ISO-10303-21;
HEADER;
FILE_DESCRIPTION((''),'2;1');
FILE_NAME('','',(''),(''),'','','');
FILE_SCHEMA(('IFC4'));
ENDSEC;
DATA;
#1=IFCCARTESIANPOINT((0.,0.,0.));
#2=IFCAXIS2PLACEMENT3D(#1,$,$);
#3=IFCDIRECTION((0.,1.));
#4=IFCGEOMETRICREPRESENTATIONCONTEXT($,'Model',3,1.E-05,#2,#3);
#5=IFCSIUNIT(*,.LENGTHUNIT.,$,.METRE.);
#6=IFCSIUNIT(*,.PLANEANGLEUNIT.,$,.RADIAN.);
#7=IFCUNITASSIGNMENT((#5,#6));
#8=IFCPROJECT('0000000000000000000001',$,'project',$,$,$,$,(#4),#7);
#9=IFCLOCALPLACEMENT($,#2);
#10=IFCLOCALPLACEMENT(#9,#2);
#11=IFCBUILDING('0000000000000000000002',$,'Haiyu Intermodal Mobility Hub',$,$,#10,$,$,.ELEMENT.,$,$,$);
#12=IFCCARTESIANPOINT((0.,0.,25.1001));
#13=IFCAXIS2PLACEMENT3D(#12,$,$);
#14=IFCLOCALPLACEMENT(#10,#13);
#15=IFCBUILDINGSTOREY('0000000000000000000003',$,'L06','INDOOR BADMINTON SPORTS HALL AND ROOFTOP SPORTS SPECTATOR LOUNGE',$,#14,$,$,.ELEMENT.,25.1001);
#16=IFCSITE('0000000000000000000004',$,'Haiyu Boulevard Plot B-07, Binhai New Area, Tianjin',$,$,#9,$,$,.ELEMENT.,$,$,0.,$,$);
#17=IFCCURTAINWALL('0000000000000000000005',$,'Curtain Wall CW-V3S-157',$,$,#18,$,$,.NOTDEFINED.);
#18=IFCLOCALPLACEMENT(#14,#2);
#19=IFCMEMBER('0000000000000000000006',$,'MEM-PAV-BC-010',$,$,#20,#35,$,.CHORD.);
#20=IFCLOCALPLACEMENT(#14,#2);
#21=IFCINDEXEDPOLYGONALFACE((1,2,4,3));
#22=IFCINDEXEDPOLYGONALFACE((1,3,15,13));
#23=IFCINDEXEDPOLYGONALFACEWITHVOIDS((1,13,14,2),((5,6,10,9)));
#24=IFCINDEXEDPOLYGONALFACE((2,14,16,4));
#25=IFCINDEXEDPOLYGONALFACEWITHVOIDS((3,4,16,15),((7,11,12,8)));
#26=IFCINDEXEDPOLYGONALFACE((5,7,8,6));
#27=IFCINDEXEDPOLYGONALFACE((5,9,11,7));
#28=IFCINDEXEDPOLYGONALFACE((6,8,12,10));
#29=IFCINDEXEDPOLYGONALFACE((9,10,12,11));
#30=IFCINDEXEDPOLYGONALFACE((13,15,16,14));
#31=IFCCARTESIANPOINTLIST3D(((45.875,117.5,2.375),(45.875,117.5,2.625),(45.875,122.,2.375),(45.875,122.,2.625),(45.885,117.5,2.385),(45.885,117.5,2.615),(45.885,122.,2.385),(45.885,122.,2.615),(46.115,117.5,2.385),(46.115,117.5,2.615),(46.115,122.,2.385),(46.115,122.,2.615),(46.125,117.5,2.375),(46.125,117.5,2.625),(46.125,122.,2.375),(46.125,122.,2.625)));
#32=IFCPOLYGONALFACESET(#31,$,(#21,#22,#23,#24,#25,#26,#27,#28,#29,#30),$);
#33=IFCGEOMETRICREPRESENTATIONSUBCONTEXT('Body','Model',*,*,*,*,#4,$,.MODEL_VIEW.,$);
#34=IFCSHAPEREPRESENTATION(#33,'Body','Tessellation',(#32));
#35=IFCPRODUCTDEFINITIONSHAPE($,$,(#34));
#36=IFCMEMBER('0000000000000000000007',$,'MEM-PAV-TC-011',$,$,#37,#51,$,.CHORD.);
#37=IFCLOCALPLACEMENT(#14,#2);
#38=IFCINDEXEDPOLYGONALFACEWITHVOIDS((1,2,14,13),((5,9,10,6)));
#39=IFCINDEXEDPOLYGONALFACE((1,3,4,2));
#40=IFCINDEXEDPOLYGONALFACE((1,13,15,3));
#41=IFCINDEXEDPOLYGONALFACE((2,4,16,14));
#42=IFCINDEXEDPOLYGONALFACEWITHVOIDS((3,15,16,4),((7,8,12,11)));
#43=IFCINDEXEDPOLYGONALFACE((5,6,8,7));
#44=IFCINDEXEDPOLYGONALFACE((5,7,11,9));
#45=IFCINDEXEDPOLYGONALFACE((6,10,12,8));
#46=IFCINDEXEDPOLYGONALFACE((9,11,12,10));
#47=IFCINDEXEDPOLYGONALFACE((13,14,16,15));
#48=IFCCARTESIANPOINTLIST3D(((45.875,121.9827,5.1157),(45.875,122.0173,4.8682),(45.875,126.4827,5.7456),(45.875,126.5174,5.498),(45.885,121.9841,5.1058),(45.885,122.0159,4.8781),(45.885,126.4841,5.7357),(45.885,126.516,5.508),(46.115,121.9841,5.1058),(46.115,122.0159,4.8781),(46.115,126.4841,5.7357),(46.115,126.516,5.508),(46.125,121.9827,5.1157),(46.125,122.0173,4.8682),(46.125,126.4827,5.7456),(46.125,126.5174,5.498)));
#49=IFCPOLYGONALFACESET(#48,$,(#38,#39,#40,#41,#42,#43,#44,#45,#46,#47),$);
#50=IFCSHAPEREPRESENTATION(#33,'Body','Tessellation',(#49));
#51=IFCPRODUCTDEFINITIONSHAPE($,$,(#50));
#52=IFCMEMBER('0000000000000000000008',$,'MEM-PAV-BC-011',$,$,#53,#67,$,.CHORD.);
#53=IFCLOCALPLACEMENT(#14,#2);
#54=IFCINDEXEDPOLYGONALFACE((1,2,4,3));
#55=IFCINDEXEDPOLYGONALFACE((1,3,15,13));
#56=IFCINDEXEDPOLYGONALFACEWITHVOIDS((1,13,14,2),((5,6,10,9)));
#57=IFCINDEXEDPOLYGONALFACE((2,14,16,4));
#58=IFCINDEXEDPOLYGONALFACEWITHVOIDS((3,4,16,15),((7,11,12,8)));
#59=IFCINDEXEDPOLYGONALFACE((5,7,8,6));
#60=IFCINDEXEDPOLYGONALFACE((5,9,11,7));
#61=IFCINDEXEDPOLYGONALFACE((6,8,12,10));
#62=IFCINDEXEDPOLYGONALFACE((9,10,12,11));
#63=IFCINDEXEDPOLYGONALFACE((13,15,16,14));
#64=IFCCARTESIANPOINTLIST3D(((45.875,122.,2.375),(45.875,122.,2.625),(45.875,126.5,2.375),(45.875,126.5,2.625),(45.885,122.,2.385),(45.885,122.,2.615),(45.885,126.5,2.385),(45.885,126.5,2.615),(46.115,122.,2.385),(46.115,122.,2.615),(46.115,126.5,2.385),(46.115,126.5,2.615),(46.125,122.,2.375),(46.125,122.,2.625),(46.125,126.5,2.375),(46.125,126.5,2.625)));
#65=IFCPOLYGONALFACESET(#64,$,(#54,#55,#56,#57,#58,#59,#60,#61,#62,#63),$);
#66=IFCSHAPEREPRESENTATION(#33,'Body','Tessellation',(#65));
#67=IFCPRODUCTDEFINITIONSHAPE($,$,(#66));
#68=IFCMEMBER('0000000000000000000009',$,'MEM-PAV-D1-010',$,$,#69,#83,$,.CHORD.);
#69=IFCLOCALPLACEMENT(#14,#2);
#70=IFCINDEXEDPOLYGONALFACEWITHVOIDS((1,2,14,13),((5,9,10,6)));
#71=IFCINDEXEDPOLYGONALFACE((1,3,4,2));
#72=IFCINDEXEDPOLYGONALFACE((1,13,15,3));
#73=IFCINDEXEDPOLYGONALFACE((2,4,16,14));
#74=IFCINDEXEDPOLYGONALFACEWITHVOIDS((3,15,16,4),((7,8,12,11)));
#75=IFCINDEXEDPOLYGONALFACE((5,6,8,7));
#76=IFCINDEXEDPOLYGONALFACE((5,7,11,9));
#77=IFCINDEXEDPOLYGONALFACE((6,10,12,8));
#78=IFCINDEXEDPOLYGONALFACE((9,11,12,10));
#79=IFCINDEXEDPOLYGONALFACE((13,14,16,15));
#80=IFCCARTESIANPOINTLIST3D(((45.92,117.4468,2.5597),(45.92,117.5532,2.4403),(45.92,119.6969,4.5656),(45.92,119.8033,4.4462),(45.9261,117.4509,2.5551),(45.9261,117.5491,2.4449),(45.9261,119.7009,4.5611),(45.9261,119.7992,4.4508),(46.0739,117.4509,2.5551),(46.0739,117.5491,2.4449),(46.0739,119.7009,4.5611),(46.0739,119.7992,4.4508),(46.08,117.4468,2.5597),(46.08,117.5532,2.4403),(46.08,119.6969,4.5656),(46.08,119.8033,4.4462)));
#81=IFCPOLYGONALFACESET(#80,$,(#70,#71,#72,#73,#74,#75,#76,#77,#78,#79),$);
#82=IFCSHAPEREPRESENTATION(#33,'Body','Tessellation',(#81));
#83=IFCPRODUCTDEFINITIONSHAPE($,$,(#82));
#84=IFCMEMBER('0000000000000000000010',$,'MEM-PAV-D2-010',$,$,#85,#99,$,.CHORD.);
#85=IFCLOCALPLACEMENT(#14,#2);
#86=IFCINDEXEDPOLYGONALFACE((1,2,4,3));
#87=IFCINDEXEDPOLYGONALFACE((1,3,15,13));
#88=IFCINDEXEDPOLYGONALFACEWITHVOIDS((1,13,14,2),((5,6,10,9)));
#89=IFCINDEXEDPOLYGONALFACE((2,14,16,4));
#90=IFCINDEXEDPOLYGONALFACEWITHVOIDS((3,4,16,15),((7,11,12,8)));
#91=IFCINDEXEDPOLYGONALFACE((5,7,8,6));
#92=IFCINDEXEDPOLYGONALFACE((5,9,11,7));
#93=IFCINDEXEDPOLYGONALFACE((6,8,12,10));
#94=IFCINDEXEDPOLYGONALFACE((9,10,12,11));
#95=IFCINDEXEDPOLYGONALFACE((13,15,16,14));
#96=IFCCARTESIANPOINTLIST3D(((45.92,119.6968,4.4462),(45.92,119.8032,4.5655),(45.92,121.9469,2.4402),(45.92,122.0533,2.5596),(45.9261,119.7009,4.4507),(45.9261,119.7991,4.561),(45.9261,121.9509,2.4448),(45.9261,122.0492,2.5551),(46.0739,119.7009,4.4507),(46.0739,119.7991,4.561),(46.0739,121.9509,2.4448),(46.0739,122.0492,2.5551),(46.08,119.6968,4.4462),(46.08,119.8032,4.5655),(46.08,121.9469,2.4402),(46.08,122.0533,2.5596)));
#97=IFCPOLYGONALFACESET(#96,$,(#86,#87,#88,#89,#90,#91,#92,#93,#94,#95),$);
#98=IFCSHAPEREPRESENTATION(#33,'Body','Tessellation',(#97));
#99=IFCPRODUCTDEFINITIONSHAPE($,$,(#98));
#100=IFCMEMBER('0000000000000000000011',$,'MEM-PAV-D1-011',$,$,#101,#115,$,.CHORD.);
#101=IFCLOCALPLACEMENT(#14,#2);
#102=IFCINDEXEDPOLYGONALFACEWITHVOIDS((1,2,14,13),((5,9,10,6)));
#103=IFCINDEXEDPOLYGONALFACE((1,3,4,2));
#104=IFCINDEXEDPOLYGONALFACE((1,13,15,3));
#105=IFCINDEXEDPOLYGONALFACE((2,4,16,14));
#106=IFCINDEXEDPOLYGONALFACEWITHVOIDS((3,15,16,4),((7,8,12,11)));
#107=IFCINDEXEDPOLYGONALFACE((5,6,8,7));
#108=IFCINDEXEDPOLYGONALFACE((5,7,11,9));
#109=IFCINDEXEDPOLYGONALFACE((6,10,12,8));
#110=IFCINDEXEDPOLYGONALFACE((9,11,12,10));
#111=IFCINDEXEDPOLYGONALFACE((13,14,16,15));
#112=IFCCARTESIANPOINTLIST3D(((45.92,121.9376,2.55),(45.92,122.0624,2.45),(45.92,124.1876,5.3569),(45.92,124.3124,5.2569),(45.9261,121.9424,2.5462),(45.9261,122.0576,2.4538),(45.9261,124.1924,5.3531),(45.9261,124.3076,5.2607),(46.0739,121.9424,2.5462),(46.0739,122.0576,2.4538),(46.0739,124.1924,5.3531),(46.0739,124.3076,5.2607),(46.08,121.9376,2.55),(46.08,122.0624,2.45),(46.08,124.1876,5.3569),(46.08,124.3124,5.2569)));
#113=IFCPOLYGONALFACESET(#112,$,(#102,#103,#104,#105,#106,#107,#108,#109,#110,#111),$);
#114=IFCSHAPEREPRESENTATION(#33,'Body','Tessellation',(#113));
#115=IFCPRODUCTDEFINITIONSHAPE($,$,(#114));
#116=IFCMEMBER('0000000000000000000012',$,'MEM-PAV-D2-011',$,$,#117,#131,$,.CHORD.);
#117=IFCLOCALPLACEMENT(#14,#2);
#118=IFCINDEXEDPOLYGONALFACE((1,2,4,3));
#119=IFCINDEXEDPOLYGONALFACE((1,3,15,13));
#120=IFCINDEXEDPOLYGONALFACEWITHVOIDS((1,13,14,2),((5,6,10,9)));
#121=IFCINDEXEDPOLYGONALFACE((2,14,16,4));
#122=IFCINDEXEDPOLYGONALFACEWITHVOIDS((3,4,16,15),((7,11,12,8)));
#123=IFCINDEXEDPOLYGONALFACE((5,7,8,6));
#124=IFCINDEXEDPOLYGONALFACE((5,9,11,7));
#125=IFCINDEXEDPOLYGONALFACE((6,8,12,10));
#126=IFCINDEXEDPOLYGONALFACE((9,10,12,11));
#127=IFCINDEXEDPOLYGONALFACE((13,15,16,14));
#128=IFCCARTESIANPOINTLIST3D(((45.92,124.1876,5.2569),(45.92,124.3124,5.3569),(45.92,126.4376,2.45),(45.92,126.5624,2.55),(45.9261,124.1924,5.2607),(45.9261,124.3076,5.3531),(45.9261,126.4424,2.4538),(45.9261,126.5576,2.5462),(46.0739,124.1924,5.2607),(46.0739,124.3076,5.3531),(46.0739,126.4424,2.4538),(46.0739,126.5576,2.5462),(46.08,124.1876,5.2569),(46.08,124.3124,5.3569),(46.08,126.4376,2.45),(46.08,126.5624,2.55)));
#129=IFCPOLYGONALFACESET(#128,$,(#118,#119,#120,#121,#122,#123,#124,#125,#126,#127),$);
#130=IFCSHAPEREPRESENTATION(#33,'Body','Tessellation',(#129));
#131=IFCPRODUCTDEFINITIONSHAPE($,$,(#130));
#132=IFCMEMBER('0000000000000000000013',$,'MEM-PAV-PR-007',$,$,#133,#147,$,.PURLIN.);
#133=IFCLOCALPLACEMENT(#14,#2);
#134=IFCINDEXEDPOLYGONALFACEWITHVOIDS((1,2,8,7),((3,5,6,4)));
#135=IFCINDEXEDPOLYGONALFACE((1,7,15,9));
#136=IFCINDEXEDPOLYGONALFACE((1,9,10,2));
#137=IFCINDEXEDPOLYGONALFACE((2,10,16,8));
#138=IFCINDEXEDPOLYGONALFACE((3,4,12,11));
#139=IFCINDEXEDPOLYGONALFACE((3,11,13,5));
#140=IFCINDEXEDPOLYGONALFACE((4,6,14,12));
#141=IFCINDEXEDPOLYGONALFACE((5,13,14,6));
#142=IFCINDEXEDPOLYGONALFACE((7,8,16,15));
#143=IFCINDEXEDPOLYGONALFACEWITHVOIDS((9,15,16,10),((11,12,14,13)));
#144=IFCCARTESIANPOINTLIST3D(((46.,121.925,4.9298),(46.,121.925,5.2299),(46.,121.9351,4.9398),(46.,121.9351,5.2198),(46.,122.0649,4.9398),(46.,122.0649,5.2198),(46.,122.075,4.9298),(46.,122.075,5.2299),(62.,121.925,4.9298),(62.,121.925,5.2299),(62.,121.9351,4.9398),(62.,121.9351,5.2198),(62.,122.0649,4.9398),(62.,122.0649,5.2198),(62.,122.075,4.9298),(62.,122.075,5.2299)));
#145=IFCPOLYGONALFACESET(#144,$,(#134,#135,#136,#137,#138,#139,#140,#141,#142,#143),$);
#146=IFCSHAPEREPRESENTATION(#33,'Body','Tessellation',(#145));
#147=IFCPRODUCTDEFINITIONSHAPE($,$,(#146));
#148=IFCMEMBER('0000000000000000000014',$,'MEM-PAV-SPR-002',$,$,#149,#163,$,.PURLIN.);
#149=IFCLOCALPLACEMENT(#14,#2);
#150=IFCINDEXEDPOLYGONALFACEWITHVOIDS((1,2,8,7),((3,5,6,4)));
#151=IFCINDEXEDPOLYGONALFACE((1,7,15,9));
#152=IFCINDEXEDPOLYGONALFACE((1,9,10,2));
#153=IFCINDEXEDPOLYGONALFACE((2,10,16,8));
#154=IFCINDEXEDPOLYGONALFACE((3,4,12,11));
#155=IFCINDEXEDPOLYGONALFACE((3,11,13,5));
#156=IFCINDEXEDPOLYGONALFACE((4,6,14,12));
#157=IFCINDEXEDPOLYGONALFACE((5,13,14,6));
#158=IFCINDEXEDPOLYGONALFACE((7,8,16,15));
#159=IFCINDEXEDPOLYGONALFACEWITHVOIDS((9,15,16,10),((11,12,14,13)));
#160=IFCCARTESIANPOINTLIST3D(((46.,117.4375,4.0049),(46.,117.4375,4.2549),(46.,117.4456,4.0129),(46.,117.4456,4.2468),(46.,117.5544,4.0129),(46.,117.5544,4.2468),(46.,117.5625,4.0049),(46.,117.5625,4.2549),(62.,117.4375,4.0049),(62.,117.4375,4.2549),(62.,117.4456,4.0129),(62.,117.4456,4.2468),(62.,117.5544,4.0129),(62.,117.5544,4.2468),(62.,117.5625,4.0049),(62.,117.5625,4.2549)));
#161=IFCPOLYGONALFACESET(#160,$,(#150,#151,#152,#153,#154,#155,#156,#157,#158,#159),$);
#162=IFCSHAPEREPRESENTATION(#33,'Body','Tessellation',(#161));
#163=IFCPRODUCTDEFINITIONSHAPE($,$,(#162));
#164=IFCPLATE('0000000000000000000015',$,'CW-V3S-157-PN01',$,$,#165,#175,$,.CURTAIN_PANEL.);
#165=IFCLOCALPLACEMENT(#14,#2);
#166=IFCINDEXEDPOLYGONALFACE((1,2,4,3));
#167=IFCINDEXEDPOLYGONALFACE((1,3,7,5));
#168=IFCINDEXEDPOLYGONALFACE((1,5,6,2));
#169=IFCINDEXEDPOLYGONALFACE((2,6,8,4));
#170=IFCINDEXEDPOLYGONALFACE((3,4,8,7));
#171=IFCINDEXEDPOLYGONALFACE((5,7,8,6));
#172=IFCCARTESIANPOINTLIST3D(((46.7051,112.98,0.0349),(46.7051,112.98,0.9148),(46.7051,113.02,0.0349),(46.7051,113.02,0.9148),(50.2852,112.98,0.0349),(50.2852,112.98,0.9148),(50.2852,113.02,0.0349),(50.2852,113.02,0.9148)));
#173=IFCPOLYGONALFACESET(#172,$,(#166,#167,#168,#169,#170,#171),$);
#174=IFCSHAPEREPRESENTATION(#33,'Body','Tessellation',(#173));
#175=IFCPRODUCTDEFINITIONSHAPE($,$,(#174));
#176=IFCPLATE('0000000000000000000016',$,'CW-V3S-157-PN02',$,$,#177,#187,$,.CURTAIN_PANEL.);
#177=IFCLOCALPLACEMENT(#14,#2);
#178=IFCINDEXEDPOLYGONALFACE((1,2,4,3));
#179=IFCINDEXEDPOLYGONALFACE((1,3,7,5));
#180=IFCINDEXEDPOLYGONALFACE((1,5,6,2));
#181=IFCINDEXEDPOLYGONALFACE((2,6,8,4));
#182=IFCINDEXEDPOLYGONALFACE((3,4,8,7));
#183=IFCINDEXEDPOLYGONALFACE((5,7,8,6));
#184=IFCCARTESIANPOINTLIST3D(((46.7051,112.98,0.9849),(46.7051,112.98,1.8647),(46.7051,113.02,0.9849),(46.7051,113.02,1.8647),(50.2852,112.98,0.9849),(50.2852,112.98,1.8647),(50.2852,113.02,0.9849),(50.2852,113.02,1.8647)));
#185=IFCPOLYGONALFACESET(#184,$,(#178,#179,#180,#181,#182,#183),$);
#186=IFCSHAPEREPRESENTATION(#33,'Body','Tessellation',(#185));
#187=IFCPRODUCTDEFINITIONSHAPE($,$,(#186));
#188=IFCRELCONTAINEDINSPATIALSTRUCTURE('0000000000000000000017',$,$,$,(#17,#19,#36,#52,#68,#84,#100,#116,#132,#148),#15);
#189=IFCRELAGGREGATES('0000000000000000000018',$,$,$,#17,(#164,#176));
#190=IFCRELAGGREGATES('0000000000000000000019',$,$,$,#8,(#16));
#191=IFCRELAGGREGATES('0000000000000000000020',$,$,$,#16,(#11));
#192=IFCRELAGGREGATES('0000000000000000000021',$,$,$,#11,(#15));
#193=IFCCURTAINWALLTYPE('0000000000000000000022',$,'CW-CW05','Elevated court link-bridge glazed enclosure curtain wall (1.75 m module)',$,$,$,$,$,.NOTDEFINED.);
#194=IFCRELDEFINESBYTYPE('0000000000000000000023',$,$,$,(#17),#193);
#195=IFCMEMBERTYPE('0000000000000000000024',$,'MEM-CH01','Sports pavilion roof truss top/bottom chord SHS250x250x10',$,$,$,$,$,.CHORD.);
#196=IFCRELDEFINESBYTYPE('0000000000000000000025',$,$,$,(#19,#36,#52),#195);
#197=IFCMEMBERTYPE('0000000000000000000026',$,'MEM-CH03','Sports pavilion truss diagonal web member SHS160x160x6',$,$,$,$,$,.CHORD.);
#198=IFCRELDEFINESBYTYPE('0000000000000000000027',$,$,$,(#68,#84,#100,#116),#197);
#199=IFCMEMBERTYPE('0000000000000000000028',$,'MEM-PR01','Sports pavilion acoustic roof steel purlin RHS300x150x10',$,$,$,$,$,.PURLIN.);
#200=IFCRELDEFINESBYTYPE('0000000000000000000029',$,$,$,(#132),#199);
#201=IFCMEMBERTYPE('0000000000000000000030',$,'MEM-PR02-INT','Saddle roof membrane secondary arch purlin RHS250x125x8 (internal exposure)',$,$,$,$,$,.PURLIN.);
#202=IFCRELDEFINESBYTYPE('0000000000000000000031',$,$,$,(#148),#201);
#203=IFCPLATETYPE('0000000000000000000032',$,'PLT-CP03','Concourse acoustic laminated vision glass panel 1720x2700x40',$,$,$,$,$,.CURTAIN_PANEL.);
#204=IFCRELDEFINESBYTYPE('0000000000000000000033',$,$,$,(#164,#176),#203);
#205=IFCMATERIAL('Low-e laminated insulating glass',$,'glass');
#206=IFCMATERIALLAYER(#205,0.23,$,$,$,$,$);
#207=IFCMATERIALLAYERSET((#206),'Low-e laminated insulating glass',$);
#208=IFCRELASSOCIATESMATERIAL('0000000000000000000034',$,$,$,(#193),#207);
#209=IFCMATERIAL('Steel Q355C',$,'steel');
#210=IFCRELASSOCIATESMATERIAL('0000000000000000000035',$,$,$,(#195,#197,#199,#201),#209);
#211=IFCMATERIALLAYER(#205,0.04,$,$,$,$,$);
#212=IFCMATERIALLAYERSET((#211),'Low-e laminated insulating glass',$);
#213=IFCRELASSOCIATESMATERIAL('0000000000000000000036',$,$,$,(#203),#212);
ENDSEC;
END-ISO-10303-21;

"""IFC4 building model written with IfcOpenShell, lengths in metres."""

from ifc_helpers import new_model, si_unit, direction, frame, origin, origin_2d, place, context, subcontext, project, spatial, rectangle, hollow_rectangle, extrude, material, layer, layer_set, material_profile, profile_set, type_object, element, aggregate, save


model = new_model("IFC4")

# Units and contexts
model_context = context("Model", 3, precision=1e-05, world=origin(), true_north=direction((0.0, 1.0)))
body_context = subcontext(model_context, "Body", "Model", "MODEL_VIEW")
ifc_project = project(units=[si_unit("LENGTHUNIT", "METRE"), si_unit("PLANEANGLEUNIT", "RADIAN")], contexts=[model_context])

# Site, building, storey
site_placement = place(None, origin())
site = spatial("IfcSite", under=ifc_project, at=site_placement, Name="Haiyu Boulevard Plot B-07, Binhai New Area, Tianjin", CompositionType="ELEMENT", RefElevation=0.0)
building_placement = place(site_placement, origin())
building = spatial("IfcBuilding", under=site, at=building_placement, Name="Haiyu Intermodal Mobility Hub", CompositionType="ELEMENT")
storey_placement = place(building_placement, frame((0.0, 0.0, 25.1001)))
storey = spatial("IfcBuildingStorey", under=building, at=storey_placement, Name="L06", Description="INDOOR BADMINTON SPORTS HALL AND ROOFTOP SPORTS SPECTATOR LOUNGE", CompositionType="ELEMENT", Elevation=25.1001)

# Shared definitions
ifc_material_1 = material(Name="Steel Q355C", Category="steel")

# Curtain wall
ifc_material_2 = material(Name="Low-e laminated insulating glass", Category="glass")
ifc_layer_1 = layer(ifc_material_2, 0.23)
ifc_layer_set_1 = layer_set([ifc_layer_1], Name="Low-e laminated insulating glass")
curtain_wall_type = type_object("IfcCurtainWallType", Name="CW-CW05", Description="Elevated court link-bridge glazed enclosure curtain wall (1.75 m module)", PredefinedType="NOTDEFINED", material=ifc_layer_set_1)
curtain_wall_placement = place(storey_placement, origin())
curtain_wall = element("IfcCurtainWall", 1, at=curtain_wall_placement, inside=storey, type_object=curtain_wall_type, Name="Curtain Wall CW-V3S-157", PredefinedType="NOTDEFINED")

# Members
ifc_material_profile_1 = material_profile(ifc_material_1, hollow_rectangle(XDim=0.25, YDim=0.25, WallThickness=0.01, at=origin_2d()), Name="SHS250x250x10")
ifc_profile_set_1 = profile_set([ifc_material_profile_1], Name="Steel Q355C")
member_type_1 = type_object("IfcMemberType", Name="MEM-CH01", Description="Sports pavilion roof truss top/bottom chord SHS250x250x10", PredefinedType="CHORD", material=ifc_profile_set_1)
member_1_placement = place(storey_placement, frame((46.0, 117.5, 2.5), z_axis=(0.0, 1.0, 0.0), x_axis=(-1.0, 0.0, 0.0)))
element("IfcMember", 2, at=member_1_placement, inside=storey, type_object=member_type_1, Name="MEM-PAV-BC-010", PredefinedType="CHORD", context=body_context, shape_type="SweptSolid", body=[
    extrude(hollow_rectangle(XDim=0.25, YDim=0.25, WallThickness=0.01, at=origin_2d()), origin(), (0.0, 0.0, 1.0), 4.5),
])
member_2_placement = place(storey_placement, frame((46.0, 122.0, 4.9919), z_axis=(0.0, 0.990345, 0.138623), x_axis=(-1.0, 0.0, 0.0)))
element("IfcMember", 3, at=member_2_placement, inside=storey, type_object=member_type_1, Name="MEM-PAV-TC-011", PredefinedType="CHORD", context=body_context, shape_type="SweptSolid", body=[
    extrude(hollow_rectangle(XDim=0.25, YDim=0.25, WallThickness=0.01, at=origin_2d()), origin(), (0.0, 0.0, 1.0), 4.5439),
])
member_3_placement = place(storey_placement, frame((46.0, 122.0, 2.5), z_axis=(0.0, 1.0, 0.0), x_axis=(-1.0, 0.0, 0.0)))
element("IfcMember", 4, at=member_3_placement, inside=storey, type_object=member_type_1, Name="MEM-PAV-BC-011", PredefinedType="CHORD", context=body_context, shape_type="SweptSolid", body=[
    extrude(hollow_rectangle(XDim=0.25, YDim=0.25, WallThickness=0.01, at=origin_2d()), origin(), (0.0, 0.0, 1.0), 4.5),
])
ifc_material_profile_2 = material_profile(ifc_material_1, hollow_rectangle(XDim=0.1599, YDim=0.1599, WallThickness=0.0061, at=origin_2d()), Name="SHS160x160x6")
ifc_profile_set_2 = profile_set([ifc_material_profile_2], Name="Steel Q355C")
member_type_2 = type_object("IfcMemberType", Name="MEM-CH03", Description="Sports pavilion truss diagonal web member SHS160x160x6", PredefinedType="CHORD", material=ifc_profile_set_2)
for number, where, z_axis, x_axis, name in (
    (5, (46.0, 117.5, 2.5), (0.0, 0.746443, 0.665449), (-1.0, 0.0, 0.0), "MEM-PAV-D1-010"),
    (6, (46.0, 119.75, 4.5059), (0.0, 0.746443, -0.665449), (-1.0, 0.0, 0.0), "MEM-PAV-D2-010"),
):
    element("IfcMember", number, at=place(storey_placement, frame(where, z_axis=z_axis, x_axis=x_axis)), inside=storey, type_object=member_type_2, Name=name, PredefinedType="CHORD", context=body_context, shape_type="SweptSolid", body=[
        extrude(hollow_rectangle(XDim=0.1599, YDim=0.1599, WallThickness=0.0061, at=origin_2d()), origin(), (0.0, 0.0, 1.0), 3.0144),
    ])
for number, where, z_axis, x_axis, name in (
    (7, (46.0, 122.0, 2.5), (0.0, 0.625456, 0.780259), (-1.0, 0.0, 0.0), "MEM-PAV-D1-011"),
    (8, (46.0, 124.25, 5.3069), (0.0, 0.625456, -0.780259), (-1.0, 0.0, 0.0), "MEM-PAV-D2-011"),
):
    element("IfcMember", number, at=place(storey_placement, frame(where, z_axis=z_axis, x_axis=x_axis)), inside=storey, type_object=member_type_2, Name=name, PredefinedType="CHORD", context=body_context, shape_type="SweptSolid", body=[
        extrude(hollow_rectangle(XDim=0.1599, YDim=0.1599, WallThickness=0.0061, at=origin_2d()), origin(), (0.0, 0.0, 1.0), 3.5974),
    ])
ifc_material_profile_3 = material_profile(ifc_material_1, hollow_rectangle(XDim=0.1499, YDim=0.3, WallThickness=0.01, at=origin_2d()), Name="RHS300x150x10")
ifc_profile_set_3 = profile_set([ifc_material_profile_3], Name="Steel Q355C")
member_type_3 = type_object("IfcMemberType", Name="MEM-PR01", Description="Sports pavilion acoustic roof steel purlin RHS300x150x10", PredefinedType="PURLIN", material=ifc_profile_set_3)
member_4_placement = place(storey_placement, frame((46.0, 122.0, 5.0798), z_axis=(1.0, 0.0, 0.0), x_axis=(0.0, 1.0, 0.0)))
element("IfcMember", 9, at=member_4_placement, inside=storey, type_object=member_type_3, Name="MEM-PAV-PR-007", PredefinedType="PURLIN", context=body_context, shape_type="SweptSolid", body=[
    extrude(hollow_rectangle(XDim=0.1499, YDim=0.3, WallThickness=0.01, at=origin_2d()), origin(), (0.0, 0.0, 1.0), 16.0),
])
ifc_material_profile_4 = material_profile(ifc_material_1, hollow_rectangle(XDim=0.125, YDim=0.25, WallThickness=0.0081, at=origin_2d()), Name="RHS250x125x8")
ifc_profile_set_4 = profile_set([ifc_material_profile_4], Name="Steel Q355C")
member_type_4 = type_object("IfcMemberType", Name="MEM-PR02-INT", Description="Saddle roof membrane secondary arch purlin RHS250x125x8 (internal exposure)", PredefinedType="PURLIN", material=ifc_profile_set_4)
member_5_placement = place(storey_placement, frame((46.0, 117.5, 4.1299), z_axis=(1.0, 0.0, 0.0), x_axis=(0.0, 1.0, 0.0)))
element("IfcMember", 10, at=member_5_placement, inside=storey, type_object=member_type_4, Name="MEM-PAV-SPR-002", PredefinedType="PURLIN", context=body_context, shape_type="SweptSolid", body=[
    extrude(hollow_rectangle(XDim=0.125, YDim=0.25, WallThickness=0.0081, at=origin_2d()), origin(), (0.0, 0.0, 1.0), 16.0),
])

# Plates
ifc_layer_2 = layer(ifc_material_2, 0.04)
ifc_layer_set_2 = layer_set([ifc_layer_2], Name="Low-e laminated insulating glass")
plate_type_1 = type_object("IfcPlateType", Name="PLT-CP03", Description="Concourse acoustic laminated vision glass panel 1720x2700x40", PredefinedType="CURTAIN_PANEL", material=ifc_layer_set_2)
plate_1_placement = place(storey_placement, frame((48.4951, 113.0, 0.0349), z_axis=(0.0, 0.0, 1.0), x_axis=(1.0, 0.0, 0.0)))
plate_1 = element("IfcPlate", 11, at=plate_1_placement, type_object=plate_type_1, Name="CW-V3S-157-PN01", PredefinedType="CURTAIN_PANEL", context=body_context, shape_type="SweptSolid", body=[
    extrude(rectangle(XDim=3.5801, YDim=0.04, at=origin_2d()), origin(), (0.0, 0.0, 1.0), 0.8799),
])
plate_2_placement = place(storey_placement, frame((48.4951, 113.0, 0.9849), z_axis=(0.0, 0.0, 1.0), x_axis=(1.0, 0.0, 0.0)))
plate_2 = element("IfcPlate", 12, at=plate_2_placement, type_object=plate_type_1, Name="CW-V3S-157-PN02", PredefinedType="CURTAIN_PANEL", context=body_context, shape_type="SweptSolid", body=[
    extrude(rectangle(XDim=3.5801, YDim=0.04, at=origin_2d()), origin(), (0.0, 0.0, 1.0), 0.8799),
])
aggregate(curtain_wall, [plate_1, plate_2])

save(model, "model.ifc")
